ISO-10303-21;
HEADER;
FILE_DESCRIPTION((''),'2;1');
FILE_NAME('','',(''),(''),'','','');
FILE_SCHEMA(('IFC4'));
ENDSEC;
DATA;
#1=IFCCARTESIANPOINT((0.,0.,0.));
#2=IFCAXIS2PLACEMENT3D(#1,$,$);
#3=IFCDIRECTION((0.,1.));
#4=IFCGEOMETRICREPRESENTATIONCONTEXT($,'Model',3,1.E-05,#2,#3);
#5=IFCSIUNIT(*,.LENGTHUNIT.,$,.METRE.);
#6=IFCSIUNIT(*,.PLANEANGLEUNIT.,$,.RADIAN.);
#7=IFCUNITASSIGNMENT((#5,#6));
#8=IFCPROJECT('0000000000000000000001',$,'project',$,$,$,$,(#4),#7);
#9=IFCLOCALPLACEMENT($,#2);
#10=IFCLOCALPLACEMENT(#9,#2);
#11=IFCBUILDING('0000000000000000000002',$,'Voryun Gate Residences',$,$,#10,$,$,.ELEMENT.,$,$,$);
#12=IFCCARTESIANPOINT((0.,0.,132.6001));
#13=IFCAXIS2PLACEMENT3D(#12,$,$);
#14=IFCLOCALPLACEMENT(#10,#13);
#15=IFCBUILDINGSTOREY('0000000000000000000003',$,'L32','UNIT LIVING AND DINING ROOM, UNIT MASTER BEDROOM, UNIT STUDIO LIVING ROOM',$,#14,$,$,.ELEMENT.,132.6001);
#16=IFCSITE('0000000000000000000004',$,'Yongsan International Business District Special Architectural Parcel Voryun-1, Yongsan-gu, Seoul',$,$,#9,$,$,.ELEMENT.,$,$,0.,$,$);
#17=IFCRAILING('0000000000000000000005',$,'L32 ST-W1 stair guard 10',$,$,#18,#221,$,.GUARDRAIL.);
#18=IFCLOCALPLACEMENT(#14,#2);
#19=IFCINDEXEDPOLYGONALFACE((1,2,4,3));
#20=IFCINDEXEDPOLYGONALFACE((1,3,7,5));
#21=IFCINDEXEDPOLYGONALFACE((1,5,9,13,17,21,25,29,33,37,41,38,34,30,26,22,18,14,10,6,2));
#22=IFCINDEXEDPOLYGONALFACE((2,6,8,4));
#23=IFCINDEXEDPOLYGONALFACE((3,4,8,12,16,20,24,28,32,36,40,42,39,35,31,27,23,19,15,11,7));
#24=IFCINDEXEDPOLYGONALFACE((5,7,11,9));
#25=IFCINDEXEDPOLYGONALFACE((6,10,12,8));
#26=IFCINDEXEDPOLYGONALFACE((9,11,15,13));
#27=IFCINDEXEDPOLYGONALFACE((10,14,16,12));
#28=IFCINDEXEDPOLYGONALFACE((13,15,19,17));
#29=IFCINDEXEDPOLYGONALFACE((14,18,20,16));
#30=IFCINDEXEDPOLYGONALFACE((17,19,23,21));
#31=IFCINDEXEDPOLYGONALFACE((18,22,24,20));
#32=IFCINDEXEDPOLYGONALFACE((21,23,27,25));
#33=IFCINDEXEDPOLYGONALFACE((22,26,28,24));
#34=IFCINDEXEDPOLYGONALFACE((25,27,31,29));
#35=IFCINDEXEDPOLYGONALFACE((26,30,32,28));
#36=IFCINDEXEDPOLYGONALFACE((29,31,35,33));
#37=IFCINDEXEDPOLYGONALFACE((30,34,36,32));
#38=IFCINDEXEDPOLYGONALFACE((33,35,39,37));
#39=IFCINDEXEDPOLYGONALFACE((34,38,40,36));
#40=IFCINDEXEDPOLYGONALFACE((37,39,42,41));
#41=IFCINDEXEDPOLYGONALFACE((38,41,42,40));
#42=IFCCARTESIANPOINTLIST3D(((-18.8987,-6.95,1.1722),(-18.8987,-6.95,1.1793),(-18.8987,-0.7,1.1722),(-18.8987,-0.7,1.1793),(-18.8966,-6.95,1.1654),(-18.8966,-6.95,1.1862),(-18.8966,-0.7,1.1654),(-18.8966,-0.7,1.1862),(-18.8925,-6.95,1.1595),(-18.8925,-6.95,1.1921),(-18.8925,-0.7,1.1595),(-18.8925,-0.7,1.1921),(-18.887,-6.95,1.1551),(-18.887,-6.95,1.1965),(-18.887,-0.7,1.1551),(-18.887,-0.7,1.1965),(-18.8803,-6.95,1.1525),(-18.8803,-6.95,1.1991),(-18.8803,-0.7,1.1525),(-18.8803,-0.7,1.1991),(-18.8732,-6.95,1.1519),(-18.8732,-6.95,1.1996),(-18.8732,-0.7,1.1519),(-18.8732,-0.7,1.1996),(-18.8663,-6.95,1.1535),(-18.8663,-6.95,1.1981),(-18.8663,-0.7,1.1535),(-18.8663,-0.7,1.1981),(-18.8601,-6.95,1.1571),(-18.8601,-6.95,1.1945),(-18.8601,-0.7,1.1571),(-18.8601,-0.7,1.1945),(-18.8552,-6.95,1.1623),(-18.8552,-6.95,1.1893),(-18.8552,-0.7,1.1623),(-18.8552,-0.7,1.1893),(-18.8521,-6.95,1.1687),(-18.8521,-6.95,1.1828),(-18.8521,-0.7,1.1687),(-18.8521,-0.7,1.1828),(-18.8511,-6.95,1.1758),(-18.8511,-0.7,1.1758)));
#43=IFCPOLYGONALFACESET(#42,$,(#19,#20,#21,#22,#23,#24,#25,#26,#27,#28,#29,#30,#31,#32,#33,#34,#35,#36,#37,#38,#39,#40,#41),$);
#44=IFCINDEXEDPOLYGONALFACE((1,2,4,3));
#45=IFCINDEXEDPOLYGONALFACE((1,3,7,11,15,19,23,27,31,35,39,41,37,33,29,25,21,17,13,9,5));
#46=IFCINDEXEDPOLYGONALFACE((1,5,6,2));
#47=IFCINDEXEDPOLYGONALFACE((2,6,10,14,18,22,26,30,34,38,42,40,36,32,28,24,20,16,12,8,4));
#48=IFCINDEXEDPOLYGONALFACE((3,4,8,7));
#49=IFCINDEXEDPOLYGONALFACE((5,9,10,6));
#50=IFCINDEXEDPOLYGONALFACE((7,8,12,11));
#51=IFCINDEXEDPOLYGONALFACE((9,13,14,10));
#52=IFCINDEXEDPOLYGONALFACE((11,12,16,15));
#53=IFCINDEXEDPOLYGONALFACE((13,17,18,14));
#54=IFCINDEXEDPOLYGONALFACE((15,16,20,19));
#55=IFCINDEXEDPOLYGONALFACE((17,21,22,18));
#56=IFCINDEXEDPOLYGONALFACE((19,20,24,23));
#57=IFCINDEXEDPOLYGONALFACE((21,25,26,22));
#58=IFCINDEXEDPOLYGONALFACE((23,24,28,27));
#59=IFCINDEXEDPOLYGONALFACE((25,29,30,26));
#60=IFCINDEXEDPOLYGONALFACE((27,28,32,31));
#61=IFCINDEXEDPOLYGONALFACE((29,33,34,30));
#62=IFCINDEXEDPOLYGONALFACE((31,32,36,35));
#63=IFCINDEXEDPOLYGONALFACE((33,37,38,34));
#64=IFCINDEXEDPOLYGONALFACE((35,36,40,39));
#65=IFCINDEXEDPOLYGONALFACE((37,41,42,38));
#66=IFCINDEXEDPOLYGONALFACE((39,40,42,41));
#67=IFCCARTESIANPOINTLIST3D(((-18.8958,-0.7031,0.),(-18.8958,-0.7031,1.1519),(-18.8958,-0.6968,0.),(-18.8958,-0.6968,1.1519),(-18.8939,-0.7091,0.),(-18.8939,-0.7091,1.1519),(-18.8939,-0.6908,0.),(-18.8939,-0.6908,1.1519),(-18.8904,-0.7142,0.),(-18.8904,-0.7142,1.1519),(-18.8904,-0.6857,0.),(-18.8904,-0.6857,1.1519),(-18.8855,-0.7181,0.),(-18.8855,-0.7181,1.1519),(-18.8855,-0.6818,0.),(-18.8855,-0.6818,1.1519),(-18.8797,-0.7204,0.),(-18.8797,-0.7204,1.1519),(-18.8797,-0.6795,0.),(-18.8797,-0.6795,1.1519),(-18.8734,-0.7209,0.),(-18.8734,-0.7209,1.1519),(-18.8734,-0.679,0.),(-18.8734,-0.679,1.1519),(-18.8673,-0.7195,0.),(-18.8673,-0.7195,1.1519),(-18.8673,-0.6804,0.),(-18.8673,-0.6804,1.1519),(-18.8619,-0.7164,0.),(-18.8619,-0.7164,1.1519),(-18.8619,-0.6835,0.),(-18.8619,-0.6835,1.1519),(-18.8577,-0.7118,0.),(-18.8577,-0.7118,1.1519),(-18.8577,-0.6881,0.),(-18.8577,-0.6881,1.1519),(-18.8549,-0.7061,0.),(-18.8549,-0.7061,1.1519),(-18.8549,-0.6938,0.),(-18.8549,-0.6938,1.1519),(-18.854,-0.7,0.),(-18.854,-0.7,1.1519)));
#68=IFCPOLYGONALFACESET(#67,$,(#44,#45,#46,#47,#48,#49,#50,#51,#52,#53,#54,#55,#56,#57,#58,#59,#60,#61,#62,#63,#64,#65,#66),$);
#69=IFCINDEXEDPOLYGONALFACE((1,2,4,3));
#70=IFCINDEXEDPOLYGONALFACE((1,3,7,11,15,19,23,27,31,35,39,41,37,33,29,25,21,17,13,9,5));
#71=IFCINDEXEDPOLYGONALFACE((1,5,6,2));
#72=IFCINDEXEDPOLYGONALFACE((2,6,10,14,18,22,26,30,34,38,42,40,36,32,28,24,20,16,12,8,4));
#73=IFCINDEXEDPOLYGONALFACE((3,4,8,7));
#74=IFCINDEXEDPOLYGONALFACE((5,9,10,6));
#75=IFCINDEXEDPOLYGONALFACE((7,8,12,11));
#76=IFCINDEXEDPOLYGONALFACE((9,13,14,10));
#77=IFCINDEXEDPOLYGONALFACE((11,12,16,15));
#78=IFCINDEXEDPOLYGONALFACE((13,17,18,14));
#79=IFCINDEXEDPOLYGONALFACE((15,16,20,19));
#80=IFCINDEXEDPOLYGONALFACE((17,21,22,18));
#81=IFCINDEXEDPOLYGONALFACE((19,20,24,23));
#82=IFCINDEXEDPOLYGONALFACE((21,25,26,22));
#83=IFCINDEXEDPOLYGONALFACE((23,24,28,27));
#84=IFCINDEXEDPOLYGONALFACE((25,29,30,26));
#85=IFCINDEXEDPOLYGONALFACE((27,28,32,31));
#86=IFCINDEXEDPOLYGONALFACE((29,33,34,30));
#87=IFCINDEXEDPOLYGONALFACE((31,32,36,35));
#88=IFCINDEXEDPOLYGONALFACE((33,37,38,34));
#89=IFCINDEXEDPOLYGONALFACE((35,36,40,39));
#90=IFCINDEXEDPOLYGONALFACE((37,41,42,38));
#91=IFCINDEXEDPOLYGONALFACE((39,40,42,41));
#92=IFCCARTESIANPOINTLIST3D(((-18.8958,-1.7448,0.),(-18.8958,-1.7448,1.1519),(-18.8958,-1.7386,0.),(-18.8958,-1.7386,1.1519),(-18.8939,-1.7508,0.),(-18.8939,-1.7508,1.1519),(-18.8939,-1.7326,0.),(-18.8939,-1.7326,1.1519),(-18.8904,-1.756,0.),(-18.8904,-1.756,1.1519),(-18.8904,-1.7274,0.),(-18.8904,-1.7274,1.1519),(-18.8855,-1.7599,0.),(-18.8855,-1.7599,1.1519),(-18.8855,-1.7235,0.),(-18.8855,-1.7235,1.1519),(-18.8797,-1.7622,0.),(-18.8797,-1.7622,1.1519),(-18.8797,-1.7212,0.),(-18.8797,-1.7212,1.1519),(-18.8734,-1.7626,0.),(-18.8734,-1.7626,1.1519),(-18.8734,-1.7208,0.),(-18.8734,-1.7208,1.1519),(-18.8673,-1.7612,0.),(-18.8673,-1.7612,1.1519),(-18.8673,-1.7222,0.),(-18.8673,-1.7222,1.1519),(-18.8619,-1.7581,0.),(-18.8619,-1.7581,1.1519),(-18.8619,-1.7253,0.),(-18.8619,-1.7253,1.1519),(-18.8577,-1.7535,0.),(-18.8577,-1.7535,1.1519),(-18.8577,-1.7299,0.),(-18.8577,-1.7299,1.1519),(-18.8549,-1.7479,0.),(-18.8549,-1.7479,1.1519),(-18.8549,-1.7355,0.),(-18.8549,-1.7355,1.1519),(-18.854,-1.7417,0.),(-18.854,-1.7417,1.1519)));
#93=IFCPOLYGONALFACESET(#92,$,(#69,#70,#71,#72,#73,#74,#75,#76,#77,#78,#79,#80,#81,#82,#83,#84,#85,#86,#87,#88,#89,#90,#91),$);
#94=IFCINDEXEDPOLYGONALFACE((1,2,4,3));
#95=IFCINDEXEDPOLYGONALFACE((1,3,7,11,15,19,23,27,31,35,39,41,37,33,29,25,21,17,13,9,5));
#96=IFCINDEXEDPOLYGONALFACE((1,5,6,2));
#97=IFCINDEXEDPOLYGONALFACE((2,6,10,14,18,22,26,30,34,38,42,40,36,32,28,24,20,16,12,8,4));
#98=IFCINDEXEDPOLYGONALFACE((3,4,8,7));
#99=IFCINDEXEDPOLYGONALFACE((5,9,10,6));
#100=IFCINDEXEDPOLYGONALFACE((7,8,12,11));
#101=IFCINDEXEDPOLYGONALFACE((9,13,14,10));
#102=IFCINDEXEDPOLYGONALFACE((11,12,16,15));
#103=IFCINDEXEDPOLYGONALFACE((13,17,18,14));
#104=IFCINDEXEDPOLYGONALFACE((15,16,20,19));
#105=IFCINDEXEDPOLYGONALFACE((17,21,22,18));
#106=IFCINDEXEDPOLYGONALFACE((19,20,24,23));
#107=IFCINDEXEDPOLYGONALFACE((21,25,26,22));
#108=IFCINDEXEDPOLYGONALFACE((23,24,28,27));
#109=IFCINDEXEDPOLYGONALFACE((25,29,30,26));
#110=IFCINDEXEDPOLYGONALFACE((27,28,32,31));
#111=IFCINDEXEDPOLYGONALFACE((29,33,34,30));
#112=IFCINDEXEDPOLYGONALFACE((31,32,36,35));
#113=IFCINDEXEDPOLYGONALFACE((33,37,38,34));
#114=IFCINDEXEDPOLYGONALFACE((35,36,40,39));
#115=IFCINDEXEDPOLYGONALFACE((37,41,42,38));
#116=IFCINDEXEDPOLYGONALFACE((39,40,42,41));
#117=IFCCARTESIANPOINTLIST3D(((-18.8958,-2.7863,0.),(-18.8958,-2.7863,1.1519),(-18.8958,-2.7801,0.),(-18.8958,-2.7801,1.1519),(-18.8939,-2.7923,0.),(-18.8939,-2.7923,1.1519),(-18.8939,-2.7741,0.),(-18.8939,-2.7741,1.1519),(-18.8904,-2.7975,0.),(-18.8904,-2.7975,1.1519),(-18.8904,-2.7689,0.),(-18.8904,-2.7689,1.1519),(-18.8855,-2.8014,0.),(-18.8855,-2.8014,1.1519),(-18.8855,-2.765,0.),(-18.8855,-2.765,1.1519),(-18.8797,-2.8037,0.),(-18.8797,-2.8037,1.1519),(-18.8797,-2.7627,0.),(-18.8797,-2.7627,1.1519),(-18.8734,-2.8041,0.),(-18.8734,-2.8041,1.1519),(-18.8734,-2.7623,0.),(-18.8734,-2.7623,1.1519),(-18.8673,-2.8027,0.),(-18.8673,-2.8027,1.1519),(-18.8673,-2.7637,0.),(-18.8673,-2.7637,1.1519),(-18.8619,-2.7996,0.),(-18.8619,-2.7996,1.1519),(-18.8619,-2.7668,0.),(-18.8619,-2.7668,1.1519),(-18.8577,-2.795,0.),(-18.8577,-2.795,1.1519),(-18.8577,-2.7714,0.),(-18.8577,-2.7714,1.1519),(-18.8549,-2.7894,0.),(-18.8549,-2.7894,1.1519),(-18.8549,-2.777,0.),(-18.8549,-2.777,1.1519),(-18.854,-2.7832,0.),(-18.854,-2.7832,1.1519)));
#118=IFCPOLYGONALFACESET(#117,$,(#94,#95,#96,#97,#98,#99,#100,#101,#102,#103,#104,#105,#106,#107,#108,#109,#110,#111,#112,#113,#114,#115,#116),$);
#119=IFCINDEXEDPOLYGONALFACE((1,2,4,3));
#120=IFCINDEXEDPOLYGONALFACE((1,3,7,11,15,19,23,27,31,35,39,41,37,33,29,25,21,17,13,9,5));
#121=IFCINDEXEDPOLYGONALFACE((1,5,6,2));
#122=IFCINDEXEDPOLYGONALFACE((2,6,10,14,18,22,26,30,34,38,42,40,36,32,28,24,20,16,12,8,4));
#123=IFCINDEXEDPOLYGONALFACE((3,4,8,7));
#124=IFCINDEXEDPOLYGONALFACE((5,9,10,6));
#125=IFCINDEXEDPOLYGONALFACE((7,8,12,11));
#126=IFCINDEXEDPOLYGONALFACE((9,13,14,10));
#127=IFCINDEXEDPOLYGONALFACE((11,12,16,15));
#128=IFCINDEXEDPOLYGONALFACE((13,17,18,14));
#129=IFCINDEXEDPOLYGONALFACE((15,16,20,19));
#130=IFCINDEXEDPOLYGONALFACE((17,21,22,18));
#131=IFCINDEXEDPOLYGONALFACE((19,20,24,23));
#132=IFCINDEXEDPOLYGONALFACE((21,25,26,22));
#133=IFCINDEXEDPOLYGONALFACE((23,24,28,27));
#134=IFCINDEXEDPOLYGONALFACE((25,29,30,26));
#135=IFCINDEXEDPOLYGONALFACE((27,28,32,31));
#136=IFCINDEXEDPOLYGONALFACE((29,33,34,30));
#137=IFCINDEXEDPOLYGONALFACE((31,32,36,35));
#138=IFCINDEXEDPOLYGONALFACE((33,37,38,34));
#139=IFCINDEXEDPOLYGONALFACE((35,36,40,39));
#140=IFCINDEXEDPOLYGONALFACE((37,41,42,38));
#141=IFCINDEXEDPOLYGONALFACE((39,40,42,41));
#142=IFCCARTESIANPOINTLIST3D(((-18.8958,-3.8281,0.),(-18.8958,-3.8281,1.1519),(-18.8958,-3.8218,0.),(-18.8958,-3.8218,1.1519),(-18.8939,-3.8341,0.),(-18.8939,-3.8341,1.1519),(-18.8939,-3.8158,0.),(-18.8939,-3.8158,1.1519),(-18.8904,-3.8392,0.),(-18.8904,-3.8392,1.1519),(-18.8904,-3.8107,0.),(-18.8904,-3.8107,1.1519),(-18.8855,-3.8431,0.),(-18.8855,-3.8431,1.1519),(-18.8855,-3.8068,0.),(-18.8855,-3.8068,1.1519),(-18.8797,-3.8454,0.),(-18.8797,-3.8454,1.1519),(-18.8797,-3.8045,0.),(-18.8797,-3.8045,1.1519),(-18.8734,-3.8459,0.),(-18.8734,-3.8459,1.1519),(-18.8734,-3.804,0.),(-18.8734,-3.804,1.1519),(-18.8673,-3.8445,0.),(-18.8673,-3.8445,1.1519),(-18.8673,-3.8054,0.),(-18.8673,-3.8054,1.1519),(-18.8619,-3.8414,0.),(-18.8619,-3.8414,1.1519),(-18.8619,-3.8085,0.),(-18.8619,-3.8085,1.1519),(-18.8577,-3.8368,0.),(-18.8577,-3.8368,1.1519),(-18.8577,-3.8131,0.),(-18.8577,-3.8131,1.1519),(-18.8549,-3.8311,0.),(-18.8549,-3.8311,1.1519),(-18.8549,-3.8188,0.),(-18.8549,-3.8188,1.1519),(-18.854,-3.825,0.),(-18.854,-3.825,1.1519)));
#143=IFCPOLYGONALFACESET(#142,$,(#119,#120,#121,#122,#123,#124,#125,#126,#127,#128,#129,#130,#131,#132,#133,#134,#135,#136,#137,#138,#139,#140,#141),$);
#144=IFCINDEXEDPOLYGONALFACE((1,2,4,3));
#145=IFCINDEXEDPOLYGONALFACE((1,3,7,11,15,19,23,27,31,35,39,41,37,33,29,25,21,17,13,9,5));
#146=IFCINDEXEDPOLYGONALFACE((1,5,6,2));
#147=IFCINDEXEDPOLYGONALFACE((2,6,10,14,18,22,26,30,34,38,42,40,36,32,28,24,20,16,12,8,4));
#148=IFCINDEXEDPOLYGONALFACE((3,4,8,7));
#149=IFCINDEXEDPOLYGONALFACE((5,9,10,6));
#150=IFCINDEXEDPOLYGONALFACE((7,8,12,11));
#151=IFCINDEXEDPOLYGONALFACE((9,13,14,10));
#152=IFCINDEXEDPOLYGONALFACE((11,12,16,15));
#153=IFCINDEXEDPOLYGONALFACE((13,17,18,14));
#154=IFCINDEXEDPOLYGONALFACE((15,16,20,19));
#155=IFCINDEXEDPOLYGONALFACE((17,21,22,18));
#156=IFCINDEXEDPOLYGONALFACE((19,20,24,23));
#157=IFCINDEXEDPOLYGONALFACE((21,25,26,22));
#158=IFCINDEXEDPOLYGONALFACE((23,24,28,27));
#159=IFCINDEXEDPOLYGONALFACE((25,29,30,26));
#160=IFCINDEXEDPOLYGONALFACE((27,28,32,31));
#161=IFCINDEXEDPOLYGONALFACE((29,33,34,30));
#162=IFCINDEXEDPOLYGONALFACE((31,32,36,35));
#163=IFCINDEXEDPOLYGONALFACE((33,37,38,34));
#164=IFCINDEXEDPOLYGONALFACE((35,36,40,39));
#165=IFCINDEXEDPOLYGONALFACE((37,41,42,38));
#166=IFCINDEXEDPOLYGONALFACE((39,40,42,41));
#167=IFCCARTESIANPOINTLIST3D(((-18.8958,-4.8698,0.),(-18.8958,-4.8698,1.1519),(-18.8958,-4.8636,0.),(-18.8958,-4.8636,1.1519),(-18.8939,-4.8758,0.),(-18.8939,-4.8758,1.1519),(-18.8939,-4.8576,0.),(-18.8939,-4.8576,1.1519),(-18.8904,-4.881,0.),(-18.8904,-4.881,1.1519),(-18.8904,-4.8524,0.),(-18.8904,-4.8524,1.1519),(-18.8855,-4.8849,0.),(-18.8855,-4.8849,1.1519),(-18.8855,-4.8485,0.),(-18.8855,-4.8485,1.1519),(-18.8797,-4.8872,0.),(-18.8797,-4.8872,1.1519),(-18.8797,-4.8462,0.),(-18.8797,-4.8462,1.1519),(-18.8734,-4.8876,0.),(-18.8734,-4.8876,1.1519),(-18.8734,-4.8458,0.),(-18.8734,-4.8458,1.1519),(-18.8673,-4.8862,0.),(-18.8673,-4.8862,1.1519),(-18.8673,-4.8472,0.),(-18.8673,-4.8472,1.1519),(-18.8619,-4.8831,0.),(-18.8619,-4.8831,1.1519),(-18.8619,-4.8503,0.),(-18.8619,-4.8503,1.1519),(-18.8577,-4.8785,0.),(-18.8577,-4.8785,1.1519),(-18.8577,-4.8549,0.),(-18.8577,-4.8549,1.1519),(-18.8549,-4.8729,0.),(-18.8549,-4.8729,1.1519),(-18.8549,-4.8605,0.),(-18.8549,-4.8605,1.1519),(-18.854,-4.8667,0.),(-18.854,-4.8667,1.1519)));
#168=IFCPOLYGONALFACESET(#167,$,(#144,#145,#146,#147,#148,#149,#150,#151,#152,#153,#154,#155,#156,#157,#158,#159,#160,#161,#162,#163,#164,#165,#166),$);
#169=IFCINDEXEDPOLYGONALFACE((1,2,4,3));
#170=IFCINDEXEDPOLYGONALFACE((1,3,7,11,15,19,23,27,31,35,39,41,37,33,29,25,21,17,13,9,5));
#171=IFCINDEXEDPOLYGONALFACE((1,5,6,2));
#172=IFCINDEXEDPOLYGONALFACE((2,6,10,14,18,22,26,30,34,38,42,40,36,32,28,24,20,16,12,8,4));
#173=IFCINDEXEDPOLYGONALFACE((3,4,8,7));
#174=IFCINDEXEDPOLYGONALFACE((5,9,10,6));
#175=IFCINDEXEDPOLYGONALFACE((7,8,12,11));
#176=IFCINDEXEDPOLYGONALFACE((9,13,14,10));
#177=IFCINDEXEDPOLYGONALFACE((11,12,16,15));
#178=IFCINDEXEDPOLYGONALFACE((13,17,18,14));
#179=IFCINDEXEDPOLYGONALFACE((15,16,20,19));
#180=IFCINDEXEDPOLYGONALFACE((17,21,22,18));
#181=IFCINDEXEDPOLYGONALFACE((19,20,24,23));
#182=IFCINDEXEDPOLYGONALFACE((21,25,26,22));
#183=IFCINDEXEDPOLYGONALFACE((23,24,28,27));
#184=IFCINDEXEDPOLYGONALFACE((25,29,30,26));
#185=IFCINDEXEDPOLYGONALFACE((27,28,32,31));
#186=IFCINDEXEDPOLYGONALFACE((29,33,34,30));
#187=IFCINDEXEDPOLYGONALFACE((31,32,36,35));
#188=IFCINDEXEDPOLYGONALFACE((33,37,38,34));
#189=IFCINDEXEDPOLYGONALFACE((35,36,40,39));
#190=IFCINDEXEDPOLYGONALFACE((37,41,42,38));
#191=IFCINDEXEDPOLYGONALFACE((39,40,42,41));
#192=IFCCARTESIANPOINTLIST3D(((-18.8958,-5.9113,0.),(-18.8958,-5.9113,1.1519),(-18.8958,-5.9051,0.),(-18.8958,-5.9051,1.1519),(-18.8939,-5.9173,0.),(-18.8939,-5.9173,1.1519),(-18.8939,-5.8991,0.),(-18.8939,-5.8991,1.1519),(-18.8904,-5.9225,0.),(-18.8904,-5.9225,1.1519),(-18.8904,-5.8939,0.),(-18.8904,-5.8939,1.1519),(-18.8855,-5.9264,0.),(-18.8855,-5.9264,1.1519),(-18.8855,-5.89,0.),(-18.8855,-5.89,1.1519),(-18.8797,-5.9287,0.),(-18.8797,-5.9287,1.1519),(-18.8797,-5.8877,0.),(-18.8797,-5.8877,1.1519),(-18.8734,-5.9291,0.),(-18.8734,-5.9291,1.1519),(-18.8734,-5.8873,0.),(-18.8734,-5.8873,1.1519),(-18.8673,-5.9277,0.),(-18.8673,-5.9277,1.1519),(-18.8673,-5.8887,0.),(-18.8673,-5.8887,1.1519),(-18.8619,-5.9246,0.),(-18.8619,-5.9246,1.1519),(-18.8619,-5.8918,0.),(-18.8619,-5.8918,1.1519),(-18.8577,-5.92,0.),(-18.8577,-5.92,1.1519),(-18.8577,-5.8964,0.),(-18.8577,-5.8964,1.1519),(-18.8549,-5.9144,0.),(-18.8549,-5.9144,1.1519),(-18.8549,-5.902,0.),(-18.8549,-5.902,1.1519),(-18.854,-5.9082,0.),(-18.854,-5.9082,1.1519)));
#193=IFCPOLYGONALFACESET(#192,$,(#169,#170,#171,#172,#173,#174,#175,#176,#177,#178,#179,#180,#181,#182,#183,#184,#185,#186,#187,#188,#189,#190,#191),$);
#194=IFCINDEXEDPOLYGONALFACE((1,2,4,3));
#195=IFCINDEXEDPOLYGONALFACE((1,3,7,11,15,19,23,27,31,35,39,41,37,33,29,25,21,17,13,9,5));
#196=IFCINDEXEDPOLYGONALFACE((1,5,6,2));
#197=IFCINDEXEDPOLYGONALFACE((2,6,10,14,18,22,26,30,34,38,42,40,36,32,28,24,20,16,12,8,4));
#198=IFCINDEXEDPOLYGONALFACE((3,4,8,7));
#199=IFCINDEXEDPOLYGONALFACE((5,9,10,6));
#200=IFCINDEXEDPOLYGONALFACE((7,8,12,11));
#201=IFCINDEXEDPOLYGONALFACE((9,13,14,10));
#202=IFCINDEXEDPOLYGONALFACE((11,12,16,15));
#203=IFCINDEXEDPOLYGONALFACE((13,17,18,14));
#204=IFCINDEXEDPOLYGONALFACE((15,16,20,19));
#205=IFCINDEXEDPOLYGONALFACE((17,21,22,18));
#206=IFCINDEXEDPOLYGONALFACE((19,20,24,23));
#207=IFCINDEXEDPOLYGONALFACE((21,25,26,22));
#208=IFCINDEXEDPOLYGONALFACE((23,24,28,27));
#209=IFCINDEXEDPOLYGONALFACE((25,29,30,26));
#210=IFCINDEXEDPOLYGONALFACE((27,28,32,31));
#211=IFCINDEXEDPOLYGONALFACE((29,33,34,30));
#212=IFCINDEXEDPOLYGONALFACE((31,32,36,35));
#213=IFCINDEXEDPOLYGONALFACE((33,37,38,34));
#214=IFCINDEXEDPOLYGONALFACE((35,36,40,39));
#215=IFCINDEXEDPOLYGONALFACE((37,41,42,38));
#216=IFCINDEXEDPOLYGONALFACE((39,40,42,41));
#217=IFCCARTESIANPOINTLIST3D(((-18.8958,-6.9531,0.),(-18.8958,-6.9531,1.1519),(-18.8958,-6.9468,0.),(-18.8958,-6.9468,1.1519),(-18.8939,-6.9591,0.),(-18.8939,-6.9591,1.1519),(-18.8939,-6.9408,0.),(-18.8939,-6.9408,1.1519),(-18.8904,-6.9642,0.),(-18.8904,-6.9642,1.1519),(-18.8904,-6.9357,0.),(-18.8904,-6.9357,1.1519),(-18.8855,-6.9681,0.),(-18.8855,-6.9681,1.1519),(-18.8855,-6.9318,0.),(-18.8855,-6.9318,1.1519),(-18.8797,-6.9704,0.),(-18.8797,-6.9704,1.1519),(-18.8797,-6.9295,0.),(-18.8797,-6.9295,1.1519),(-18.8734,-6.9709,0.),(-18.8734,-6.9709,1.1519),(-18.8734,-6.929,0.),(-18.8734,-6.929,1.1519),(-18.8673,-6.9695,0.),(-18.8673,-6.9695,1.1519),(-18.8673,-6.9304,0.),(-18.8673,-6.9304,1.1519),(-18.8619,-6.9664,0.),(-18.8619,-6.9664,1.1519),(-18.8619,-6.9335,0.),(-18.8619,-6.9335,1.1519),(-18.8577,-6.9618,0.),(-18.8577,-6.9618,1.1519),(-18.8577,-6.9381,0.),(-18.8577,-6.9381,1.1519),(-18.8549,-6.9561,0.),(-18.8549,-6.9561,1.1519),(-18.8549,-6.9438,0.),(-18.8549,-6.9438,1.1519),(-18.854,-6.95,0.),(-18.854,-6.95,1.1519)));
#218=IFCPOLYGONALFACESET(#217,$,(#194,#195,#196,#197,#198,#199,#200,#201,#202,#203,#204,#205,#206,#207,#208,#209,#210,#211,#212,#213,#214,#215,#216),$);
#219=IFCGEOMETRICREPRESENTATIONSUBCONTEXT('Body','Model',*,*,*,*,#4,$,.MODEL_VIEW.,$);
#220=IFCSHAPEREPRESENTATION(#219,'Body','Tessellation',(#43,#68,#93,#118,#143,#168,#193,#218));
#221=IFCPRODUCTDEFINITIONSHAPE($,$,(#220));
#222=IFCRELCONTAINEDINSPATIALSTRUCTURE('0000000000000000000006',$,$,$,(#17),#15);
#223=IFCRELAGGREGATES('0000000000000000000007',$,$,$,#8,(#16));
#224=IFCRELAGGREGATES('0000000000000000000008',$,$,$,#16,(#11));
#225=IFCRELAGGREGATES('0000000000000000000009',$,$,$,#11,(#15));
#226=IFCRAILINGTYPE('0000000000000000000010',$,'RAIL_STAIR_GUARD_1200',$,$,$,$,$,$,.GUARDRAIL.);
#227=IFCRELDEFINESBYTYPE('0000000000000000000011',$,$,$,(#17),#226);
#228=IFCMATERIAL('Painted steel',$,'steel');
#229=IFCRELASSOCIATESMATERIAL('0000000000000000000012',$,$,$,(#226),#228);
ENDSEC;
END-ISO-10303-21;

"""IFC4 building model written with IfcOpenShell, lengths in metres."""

from ifc_helpers import new_model, si_unit, direction, frame, origin, origin_2d, place, context, subcontext, project, spatial, circle, extrude, material, type_object, element, save


model = new_model("IFC4")

# Units and contexts
model_context = context("Model", 3, precision=1e-05, world=origin(), true_north=direction((0.0, 1.0)))
body_context = subcontext(model_context, "Body", "Model", "MODEL_VIEW")
ifc_project = project(units=[si_unit("LENGTHUNIT", "METRE"), si_unit("PLANEANGLEUNIT", "RADIAN")], contexts=[model_context])

# Site, building, storey
site_placement = place(None, origin())
site = spatial("IfcSite", under=ifc_project, at=site_placement, Name="Yongsan International Business District Special Architectural Parcel Voryun-1, Yongsan-gu, Seoul", CompositionType="ELEMENT", RefElevation=0.0)
building_placement = place(site_placement, origin())
building = spatial("IfcBuilding", under=site, at=building_placement, Name="Voryun Gate Residences", CompositionType="ELEMENT")
storey_placement = place(building_placement, frame((0.0, 0.0, 132.6001)))
storey = spatial("IfcBuildingStorey", under=building, at=storey_placement, Name="L32", Description="UNIT LIVING AND DINING ROOM, UNIT MASTER BEDROOM, UNIT STUDIO LIVING ROOM", CompositionType="ELEMENT", Elevation=132.6001)

# Railing
ifc_material_1 = material(Name="Painted steel", Category="steel")
railing_type = type_object("IfcRailingType", Name="RAIL_STAIR_GUARD_1200", PredefinedType="GUARDRAIL", material=ifc_material_1)
railing_1_placement = place(storey_placement, frame((-18.875, -0.7, 0.0)))
element("IfcRailing", 1, at=railing_1_placement, inside=storey, type_object=railing_type, Name="L32 ST-W1 stair guard 10", PredefinedType="GUARDRAIL", context=body_context, shape_type="SweptSolid", body=[
    extrude(circle(Radius=0.0239, at=origin_2d()), frame((0.0, 0.0, 1.1758), z_axis=(0.0, -1.0, 0.0), x_axis=(1.0, 0.0, 0.0)), (0.0, 0.0, 1.0), 6.25),
    extrude(circle(Radius=0.021, at=origin_2d()), origin(), (0.0, 0.0, 1.0), 1.1519),
    extrude(circle(Radius=0.021, at=origin_2d()), frame((0.0, -1.0417, 0.0)), (0.0, 0.0, 1.0), 1.1519),
    extrude(circle(Radius=0.021, at=origin_2d()), frame((0.0, -2.0833, 0.0)), (0.0, 0.0, 1.0), 1.1519),
    extrude(circle(Radius=0.021, at=origin_2d()), frame((0.0, -3.125, 0.0)), (0.0, 0.0, 1.0), 1.1519),
    extrude(circle(Radius=0.021, at=origin_2d()), frame((0.0, -4.1667, 0.0)), (0.0, 0.0, 1.0), 1.1519),
    extrude(circle(Radius=0.021, at=origin_2d()), frame((0.0, -5.2083, 0.0)), (0.0, 0.0, 1.0), 1.1519),
    extrude(circle(Radius=0.021, at=origin_2d()), frame((0.0, -6.25, 0.0)), (0.0, 0.0, 1.0), 1.1519),
])

save(model, "model.ifc")
